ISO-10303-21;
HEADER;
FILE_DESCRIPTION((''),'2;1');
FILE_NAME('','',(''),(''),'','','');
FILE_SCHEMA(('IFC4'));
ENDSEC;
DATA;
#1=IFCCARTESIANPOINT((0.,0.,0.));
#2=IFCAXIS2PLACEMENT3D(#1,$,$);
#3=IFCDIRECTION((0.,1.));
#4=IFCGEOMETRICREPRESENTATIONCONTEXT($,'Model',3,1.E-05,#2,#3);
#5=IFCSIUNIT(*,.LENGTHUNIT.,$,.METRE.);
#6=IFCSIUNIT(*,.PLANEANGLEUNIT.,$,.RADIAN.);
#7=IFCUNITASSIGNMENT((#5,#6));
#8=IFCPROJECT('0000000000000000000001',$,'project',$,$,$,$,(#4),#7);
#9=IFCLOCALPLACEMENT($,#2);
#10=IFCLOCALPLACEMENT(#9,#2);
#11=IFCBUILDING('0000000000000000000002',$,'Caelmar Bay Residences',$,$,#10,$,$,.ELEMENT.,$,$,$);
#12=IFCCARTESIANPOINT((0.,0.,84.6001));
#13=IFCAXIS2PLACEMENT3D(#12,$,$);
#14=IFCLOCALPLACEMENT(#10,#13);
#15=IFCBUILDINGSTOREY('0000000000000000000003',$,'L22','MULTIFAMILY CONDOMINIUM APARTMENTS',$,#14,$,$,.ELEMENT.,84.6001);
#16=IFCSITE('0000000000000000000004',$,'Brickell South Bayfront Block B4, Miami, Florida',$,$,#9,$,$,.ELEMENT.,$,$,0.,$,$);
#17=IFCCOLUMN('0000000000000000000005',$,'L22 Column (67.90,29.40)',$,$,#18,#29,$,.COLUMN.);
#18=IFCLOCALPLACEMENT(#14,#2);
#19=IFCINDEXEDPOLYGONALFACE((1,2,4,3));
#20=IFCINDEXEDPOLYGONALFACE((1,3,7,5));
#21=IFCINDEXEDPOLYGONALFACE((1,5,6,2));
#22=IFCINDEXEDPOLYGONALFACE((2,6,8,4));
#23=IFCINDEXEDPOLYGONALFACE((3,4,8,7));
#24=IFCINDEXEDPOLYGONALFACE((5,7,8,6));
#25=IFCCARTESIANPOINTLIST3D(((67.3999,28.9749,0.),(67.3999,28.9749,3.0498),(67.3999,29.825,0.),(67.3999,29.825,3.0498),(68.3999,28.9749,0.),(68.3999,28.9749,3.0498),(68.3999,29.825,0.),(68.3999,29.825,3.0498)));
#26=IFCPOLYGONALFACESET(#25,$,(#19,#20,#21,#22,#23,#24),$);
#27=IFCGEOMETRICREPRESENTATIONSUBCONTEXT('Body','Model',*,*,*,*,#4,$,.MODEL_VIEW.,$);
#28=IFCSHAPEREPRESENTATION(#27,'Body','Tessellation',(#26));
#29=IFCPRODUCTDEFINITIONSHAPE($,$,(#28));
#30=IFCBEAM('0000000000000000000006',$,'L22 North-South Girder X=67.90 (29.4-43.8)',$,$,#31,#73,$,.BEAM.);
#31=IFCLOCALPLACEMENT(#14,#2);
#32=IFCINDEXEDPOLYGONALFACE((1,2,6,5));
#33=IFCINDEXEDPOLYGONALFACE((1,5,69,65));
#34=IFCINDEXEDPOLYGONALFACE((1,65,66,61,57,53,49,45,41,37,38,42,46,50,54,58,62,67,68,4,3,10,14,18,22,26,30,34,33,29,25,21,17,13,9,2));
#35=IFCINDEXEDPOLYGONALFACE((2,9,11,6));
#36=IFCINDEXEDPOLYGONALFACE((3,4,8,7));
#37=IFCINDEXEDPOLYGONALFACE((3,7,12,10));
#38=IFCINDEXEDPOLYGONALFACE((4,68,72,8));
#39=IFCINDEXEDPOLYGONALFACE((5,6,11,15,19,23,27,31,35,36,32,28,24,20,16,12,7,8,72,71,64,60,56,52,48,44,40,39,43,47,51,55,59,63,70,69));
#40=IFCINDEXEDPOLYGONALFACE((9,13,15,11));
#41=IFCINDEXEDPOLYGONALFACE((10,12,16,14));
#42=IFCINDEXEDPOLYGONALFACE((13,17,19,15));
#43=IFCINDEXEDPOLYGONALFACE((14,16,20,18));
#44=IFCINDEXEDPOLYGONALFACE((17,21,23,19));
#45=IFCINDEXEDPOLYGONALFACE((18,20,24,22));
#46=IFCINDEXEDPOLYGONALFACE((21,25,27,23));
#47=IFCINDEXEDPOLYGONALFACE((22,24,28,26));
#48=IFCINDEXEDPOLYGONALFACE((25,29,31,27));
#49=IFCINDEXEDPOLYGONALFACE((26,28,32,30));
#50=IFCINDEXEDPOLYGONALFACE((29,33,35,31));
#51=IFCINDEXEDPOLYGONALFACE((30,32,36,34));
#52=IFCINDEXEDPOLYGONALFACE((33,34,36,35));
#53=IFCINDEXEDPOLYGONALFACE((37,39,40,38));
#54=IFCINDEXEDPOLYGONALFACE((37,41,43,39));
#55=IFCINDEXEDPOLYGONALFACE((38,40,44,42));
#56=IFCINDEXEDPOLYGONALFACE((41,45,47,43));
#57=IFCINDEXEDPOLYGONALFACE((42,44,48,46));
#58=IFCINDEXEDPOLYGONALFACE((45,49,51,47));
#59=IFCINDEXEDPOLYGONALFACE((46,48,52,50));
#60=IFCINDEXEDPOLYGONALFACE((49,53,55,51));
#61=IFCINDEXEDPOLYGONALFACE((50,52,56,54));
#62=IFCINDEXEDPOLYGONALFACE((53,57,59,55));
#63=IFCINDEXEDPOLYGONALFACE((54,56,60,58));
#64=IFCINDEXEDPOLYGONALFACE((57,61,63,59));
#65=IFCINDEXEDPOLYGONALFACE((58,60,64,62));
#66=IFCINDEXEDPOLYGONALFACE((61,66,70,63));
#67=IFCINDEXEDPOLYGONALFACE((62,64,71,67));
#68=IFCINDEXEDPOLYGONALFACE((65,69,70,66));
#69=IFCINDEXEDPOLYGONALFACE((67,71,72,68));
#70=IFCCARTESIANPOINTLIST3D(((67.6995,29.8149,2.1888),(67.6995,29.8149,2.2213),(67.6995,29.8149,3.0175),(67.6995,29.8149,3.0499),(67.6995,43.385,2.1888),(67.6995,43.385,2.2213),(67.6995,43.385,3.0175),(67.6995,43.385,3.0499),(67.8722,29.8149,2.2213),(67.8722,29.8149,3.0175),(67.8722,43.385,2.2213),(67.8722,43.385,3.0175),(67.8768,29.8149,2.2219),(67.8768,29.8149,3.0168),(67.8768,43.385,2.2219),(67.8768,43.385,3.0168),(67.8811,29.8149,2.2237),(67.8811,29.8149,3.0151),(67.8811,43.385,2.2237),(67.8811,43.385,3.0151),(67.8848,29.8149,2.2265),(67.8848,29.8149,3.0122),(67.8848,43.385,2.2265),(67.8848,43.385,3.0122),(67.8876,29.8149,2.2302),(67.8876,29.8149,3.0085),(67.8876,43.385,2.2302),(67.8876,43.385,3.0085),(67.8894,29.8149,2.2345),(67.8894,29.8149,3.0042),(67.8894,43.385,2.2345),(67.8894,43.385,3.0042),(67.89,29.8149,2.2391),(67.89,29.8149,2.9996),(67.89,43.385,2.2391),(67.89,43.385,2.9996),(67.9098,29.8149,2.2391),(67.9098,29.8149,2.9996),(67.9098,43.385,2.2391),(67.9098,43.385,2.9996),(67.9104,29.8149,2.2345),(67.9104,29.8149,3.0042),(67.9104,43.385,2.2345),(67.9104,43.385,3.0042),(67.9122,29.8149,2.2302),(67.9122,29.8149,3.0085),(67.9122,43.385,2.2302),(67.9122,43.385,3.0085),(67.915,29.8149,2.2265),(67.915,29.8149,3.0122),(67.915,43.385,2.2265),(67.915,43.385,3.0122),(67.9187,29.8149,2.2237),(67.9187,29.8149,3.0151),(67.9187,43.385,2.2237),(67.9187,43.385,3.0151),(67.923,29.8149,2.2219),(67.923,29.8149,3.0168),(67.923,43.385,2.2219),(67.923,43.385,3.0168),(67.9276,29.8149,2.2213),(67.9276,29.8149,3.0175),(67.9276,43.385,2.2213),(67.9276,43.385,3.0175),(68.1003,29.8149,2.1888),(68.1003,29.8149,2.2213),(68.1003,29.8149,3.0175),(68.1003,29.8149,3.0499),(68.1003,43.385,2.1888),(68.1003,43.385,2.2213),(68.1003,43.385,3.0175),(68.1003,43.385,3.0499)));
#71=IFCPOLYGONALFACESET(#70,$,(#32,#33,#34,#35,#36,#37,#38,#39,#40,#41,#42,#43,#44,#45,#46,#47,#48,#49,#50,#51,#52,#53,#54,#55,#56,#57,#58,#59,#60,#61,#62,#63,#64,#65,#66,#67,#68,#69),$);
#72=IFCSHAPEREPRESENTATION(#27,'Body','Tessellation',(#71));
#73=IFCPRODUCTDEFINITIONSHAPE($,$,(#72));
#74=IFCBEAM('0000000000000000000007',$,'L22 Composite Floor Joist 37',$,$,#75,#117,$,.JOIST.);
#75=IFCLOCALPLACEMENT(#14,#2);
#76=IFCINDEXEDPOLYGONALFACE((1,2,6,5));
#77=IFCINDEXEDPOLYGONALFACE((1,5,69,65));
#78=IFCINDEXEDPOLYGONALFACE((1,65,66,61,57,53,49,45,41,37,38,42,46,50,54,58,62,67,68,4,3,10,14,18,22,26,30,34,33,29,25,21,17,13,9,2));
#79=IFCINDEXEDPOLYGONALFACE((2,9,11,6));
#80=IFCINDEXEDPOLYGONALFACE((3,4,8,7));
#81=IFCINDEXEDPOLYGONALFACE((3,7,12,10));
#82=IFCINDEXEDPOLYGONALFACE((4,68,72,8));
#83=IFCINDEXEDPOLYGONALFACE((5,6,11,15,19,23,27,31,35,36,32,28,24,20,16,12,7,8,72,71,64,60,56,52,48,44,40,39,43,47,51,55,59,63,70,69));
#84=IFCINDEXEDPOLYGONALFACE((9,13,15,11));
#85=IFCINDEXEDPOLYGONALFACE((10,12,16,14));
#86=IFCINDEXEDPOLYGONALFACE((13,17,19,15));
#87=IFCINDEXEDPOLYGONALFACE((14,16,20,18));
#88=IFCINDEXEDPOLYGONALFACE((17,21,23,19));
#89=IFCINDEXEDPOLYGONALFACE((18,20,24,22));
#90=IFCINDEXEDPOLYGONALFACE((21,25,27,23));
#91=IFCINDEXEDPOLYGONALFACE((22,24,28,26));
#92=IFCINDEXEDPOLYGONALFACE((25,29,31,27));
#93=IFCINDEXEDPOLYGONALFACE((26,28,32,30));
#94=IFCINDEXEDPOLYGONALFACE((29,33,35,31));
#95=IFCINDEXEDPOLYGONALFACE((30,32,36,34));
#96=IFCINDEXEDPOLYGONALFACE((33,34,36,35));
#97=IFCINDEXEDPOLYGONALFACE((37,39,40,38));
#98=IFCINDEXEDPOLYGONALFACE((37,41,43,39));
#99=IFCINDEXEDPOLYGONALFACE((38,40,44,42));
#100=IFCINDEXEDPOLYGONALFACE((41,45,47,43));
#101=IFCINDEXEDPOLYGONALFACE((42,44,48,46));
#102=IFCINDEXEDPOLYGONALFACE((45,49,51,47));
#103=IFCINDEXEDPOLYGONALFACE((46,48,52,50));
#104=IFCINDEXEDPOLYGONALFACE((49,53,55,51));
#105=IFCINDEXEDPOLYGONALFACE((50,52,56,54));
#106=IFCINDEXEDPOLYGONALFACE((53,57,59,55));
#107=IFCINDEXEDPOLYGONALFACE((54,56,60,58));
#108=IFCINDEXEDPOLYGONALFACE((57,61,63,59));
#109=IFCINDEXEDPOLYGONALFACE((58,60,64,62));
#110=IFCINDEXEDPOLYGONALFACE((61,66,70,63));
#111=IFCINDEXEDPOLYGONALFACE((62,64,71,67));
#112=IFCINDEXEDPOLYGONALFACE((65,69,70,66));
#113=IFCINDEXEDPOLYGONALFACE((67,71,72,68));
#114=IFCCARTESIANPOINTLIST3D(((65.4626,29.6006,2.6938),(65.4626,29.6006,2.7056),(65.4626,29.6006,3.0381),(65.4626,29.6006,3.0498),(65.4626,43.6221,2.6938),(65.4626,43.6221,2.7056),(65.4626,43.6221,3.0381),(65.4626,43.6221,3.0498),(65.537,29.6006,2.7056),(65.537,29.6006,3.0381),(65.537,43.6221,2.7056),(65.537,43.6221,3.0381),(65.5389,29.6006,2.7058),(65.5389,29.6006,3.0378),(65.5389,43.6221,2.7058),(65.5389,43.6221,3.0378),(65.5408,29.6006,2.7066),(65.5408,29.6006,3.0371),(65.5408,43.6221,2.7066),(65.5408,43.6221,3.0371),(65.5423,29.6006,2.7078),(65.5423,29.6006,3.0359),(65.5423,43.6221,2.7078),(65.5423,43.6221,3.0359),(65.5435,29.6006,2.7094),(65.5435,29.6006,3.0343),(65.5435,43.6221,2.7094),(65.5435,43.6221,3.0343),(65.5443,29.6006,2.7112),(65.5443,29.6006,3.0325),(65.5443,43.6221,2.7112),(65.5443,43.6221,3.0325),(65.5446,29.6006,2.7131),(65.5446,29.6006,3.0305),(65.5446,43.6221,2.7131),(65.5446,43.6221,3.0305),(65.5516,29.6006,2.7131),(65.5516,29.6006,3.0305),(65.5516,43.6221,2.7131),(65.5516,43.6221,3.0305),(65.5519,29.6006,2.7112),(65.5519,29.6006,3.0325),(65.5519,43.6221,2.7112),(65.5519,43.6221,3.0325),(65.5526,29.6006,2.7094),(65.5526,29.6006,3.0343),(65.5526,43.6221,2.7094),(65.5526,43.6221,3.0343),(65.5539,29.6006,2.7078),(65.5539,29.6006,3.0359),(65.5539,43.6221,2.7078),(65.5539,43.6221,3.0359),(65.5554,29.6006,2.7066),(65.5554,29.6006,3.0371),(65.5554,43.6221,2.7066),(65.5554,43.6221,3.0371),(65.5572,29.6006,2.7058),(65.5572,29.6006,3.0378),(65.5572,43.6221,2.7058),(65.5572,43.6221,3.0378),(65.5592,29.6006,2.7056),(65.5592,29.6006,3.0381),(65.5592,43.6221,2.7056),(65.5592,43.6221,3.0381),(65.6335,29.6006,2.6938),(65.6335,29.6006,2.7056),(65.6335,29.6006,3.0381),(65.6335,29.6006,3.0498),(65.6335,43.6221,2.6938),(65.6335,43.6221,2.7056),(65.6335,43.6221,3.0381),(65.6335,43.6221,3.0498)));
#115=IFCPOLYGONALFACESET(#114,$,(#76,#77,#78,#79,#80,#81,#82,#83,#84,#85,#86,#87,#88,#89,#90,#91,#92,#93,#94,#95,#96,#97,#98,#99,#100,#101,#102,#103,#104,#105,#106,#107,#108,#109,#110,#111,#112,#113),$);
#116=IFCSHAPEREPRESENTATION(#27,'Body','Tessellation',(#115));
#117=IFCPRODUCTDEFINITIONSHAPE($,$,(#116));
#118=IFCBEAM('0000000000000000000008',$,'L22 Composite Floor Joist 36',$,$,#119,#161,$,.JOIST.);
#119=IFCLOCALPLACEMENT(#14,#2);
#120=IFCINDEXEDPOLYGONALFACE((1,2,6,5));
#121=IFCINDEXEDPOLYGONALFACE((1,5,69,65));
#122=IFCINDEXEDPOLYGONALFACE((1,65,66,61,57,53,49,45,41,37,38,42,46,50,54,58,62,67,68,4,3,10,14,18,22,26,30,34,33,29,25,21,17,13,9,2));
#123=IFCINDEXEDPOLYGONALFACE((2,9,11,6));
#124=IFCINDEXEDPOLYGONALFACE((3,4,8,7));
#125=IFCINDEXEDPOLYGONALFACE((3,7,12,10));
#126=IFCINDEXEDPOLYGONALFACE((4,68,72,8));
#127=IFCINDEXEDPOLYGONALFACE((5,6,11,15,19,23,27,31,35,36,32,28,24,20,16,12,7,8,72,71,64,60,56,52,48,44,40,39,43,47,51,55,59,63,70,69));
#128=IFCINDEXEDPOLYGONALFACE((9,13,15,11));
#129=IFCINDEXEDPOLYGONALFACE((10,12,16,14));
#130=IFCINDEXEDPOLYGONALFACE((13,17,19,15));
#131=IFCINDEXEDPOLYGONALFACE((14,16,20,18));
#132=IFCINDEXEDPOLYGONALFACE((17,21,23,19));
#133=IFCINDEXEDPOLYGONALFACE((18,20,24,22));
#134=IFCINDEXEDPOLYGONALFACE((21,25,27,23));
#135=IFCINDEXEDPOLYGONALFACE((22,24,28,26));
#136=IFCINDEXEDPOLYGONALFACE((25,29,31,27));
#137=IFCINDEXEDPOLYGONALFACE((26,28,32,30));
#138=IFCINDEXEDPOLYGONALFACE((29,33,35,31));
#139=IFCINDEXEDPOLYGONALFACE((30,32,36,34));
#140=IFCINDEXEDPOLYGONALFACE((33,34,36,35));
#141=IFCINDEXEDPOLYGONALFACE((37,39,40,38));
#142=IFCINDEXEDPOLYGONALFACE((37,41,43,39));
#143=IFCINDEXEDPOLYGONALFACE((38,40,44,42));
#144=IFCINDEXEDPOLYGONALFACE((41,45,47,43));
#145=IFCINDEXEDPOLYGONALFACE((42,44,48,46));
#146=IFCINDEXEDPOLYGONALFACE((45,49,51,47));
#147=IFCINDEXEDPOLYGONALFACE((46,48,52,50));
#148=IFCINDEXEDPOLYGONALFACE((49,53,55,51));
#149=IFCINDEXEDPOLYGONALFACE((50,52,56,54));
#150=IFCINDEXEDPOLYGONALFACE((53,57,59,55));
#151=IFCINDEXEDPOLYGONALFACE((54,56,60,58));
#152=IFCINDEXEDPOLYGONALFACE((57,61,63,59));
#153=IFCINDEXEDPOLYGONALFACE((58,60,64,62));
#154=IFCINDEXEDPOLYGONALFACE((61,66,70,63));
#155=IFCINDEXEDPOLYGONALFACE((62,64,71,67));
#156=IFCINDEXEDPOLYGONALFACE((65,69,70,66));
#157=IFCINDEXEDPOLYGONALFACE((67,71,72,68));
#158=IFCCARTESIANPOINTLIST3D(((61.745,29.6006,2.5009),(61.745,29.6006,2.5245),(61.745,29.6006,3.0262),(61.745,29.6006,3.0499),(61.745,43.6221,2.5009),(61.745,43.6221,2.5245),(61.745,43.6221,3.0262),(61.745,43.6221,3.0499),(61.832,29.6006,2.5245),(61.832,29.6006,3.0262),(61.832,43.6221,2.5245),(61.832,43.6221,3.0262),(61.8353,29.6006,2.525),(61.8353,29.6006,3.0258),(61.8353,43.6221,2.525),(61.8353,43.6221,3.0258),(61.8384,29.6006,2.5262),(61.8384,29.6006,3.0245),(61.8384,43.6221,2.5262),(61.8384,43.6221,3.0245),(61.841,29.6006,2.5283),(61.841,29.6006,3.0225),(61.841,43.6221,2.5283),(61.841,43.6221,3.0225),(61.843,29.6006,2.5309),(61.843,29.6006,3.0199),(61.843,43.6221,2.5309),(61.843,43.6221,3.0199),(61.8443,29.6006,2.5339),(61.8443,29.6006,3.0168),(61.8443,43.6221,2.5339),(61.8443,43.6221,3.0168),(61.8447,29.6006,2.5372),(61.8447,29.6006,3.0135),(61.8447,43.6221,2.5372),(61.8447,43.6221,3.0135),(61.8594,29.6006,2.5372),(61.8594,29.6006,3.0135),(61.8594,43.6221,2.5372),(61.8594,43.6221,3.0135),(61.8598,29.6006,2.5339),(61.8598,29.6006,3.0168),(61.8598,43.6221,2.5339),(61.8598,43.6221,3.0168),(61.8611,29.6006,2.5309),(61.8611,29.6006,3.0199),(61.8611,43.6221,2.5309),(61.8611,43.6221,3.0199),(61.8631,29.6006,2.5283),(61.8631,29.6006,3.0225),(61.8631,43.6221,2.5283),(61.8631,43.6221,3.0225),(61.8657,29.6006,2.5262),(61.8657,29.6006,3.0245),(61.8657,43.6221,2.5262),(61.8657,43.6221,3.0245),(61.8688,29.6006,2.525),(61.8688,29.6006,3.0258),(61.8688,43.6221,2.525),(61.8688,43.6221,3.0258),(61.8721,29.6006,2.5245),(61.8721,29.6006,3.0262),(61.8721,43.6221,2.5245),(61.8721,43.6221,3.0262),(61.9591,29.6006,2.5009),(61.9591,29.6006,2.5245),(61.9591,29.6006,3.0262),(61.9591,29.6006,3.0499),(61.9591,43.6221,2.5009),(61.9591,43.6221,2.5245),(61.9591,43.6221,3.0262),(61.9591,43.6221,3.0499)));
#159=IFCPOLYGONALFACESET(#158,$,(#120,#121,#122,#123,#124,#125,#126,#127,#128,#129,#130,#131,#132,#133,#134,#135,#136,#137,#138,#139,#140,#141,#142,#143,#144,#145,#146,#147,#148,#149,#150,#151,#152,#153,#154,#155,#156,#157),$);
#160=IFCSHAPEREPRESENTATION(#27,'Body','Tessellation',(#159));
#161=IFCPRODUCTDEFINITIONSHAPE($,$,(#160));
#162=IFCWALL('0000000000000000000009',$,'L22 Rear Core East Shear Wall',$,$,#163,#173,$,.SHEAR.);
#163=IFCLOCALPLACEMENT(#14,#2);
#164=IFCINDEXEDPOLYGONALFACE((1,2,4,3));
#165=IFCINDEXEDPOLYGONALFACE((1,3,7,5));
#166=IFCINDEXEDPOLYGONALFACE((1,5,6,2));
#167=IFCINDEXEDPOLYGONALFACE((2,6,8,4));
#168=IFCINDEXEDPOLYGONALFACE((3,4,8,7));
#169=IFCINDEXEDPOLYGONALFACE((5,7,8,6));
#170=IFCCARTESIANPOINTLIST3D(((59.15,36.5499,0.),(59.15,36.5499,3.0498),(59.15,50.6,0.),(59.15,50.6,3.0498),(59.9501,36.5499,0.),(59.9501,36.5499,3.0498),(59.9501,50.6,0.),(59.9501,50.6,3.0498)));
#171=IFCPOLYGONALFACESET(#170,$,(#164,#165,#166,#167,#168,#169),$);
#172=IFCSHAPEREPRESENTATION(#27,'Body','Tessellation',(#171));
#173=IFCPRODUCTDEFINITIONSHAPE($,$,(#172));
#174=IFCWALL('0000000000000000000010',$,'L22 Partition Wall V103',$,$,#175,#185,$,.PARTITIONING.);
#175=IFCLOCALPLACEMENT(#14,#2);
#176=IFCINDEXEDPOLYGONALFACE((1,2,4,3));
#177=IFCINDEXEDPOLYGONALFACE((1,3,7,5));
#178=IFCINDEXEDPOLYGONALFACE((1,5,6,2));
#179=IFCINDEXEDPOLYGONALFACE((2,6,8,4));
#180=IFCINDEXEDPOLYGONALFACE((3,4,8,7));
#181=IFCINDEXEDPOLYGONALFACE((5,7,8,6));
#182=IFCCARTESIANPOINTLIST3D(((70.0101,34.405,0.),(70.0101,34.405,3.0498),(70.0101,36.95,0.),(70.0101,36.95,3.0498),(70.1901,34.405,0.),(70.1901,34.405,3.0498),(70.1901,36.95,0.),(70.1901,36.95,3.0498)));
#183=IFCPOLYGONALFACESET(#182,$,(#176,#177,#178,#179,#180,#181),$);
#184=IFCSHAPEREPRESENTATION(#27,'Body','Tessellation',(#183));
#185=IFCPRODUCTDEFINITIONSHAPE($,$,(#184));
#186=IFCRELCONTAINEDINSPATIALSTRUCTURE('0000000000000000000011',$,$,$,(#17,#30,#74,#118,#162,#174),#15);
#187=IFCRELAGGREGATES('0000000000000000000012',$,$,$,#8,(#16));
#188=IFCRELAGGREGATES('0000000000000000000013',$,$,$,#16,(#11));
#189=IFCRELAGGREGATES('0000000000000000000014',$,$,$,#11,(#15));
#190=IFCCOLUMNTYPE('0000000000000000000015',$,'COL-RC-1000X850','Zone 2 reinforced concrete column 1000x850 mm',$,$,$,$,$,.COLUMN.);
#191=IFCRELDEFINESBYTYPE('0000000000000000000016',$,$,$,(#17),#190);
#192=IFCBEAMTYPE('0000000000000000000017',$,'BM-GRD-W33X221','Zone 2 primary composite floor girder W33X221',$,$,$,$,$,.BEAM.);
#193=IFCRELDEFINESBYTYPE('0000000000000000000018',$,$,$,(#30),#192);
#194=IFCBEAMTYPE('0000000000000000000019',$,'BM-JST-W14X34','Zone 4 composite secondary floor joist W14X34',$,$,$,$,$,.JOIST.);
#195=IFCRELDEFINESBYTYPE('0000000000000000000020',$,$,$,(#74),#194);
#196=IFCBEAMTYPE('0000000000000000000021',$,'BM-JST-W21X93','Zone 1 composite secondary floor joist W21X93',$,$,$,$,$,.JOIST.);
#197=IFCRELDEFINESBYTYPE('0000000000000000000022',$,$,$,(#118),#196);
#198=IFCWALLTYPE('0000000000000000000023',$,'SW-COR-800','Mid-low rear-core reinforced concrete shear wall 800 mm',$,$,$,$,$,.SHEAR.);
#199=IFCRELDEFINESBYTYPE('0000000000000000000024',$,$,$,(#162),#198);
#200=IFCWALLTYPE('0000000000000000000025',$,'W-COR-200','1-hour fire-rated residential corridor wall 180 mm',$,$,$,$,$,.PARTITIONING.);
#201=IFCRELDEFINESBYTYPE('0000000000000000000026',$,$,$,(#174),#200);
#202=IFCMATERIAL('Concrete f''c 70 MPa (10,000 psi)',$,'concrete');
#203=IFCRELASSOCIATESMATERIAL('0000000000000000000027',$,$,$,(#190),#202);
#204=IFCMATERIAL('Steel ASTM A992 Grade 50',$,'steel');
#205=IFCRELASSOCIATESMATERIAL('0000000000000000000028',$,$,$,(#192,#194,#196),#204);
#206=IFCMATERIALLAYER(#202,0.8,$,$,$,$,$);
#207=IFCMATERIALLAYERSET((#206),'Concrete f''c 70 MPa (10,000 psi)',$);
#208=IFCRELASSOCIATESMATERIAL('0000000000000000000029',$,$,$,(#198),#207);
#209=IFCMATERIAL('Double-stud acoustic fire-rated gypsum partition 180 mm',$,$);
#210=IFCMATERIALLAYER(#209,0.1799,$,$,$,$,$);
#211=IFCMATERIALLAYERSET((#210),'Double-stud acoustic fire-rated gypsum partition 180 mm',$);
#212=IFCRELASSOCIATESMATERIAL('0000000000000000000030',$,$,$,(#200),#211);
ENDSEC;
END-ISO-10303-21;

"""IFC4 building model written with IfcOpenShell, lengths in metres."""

from ifc_helpers import new_model, si_unit, direction, frame, frame_2d, origin, origin_2d, place, context, subcontext, project, spatial, rectangle, i_section, extrude, material, layer, layer_set, material_profile, profile_set, type_object, element, save


model = new_model("IFC4")

# Units and contexts
model_context = context("Model", 3, precision=1e-05, world=origin(), true_north=direction((0.0, 1.0)))
body_context = subcontext(model_context, "Body", "Model", "MODEL_VIEW")
ifc_project = project(units=[si_unit("LENGTHUNIT", "METRE"), si_unit("PLANEANGLEUNIT", "RADIAN")], contexts=[model_context])

# Site, building, storey
site_placement = place(None, origin())
site = spatial("IfcSite", under=ifc_project, at=site_placement, Name="Brickell South Bayfront Block B4, Miami, Florida", CompositionType="ELEMENT", RefElevation=0.0)
building_placement = place(site_placement, origin())
building = spatial("IfcBuilding", under=site, at=building_placement, Name="Caelmar Bay Residences", CompositionType="ELEMENT")
storey_placement = place(building_placement, frame((0.0, 0.0, 84.6001)))
storey = spatial("IfcBuildingStorey", under=building, at=storey_placement, Name="L22", Description="MULTIFAMILY CONDOMINIUM APARTMENTS", CompositionType="ELEMENT", Elevation=84.6001)

# Column
ifc_material_1 = material(Name="Concrete f'c 70 MPa (10,000 psi)", Category="concrete")
ifc_material_profile_1 = material_profile(ifc_material_1, rectangle(XDim=1.0, YDim=0.8501, at=origin_2d()), Name="RC-COL-1000X850")
ifc_profile_set_1 = profile_set([ifc_material_profile_1], Name="Concrete f'c 70 MPa (10,000 psi)")
column_type = type_object("IfcColumnType", Name="COL-RC-1000X850", Description="Zone 2 reinforced concrete column 1000x850 mm", PredefinedType="COLUMN", material=ifc_profile_set_1)
column_placement = place(storey_placement, frame((67.8999, 29.3999, 0.0), z_axis=(0.0, 0.0, 1.0), x_axis=(1.0, 0.0, 0.0)))
element("IfcColumn", 1, at=column_placement, inside=storey, type_object=column_type, Name="L22 Column (67.90,29.40)", PredefinedType="COLUMN", context=body_context, shape_type="SweptSolid", body=[
    extrude(rectangle(XDim=1.0, YDim=0.8501, at=origin_2d()), origin(), (0.0, 0.0, 1.0), 3.0498),
])

# Beams
ifc_material_2 = material(Name="Steel ASTM A992 Grade 50", Category="steel")
ifc_material_profile_2 = material_profile(ifc_material_2, i_section(OverallWidth=0.4009, OverallDepth=0.8611, WebThickness=0.0198, FlangeThickness=0.0325, FilletRadius=0.0178, at=origin_2d()), Name="W33X221")
ifc_profile_set_2 = profile_set([ifc_material_profile_2], Name="Steel ASTM A992 Grade 50")
beam_type_1 = type_object("IfcBeamType", Name="BM-GRD-W33X221", Description="Zone 2 primary composite floor girder W33X221", PredefinedType="BEAM", material=ifc_profile_set_2)
beam_1_placement = place(storey_placement, frame((67.8999, 29.8149, 2.6194), z_axis=(0.0, 1.0, 0.0), x_axis=(-1.0, 0.0, 0.0)))
element("IfcBeam", 2, at=beam_1_placement, inside=storey, type_object=beam_type_1, Name="L22 North-South Girder X=67.90 (29.4-43.8)", PredefinedType="BEAM", context=body_context, shape_type="SweptSolid", body=[
    extrude(i_section(OverallWidth=0.4009, OverallDepth=0.8611, WebThickness=0.0198, FlangeThickness=0.0325, FilletRadius=0.0178, at=origin_2d()), origin(), (0.0, 0.0, 1.0), 13.5701),
])
ifc_material_profile_3 = material_profile(ifc_material_2, i_section(OverallWidth=0.1709, OverallDepth=0.356, WebThickness=0.0071, FlangeThickness=0.0117, FilletRadius=0.0076, at=origin_2d()), Name="W14X34")
ifc_profile_set_3 = profile_set([ifc_material_profile_3], Name="Steel ASTM A992 Grade 50")
beam_type_2 = type_object("IfcBeamType", Name="BM-JST-W14X34", Description="Zone 4 composite secondary floor joist W14X34", PredefinedType="JOIST", material=ifc_profile_set_3)
beam_2_placement = place(storey_placement, frame((65.5481, 29.6006, 2.8718), z_axis=(0.0, 1.0, 0.0), x_axis=(-1.0, 0.0, 0.0)))
element("IfcBeam", 3, at=beam_2_placement, inside=storey, type_object=beam_type_2, Name="L22 Composite Floor Joist 37", PredefinedType="JOIST", context=body_context, shape_type="SweptSolid", body=[
    extrude(i_section(OverallWidth=0.1709, OverallDepth=0.356, WebThickness=0.0071, FlangeThickness=0.0117, FilletRadius=0.0076, at=origin_2d()), origin(), (0.0, 0.0, 1.0), 14.0215),
])
ifc_material_profile_4 = material_profile(ifc_material_2, i_section(OverallWidth=0.2141, OverallDepth=0.5491, WebThickness=0.0146, FlangeThickness=0.0237, FilletRadius=0.0127, at=origin_2d()), Name="W21X93")
ifc_profile_set_4 = profile_set([ifc_material_profile_4], Name="Steel ASTM A992 Grade 50")
beam_type_3 = type_object("IfcBeamType", Name="BM-JST-W21X93", Description="Zone 1 composite secondary floor joist W21X93", PredefinedType="JOIST", material=ifc_profile_set_4)
beam_3_placement = place(storey_placement, frame((61.8521, 29.6006, 2.7754), z_axis=(0.0, 1.0, 0.0), x_axis=(-1.0, 0.0, 0.0)))
element("IfcBeam", 4, at=beam_3_placement, inside=storey, type_object=beam_type_3, Name="L22 Composite Floor Joist 36", PredefinedType="JOIST", context=body_context, shape_type="SweptSolid", body=[
    extrude(i_section(OverallWidth=0.2141, OverallDepth=0.5491, WebThickness=0.0146, FlangeThickness=0.0237, FilletRadius=0.0127, at=origin_2d()), origin(), (0.0, 0.0, 1.0), 14.0215),
])

# Walls
ifc_layer_1 = layer(ifc_material_1, 0.8)
ifc_layer_set_1 = layer_set([ifc_layer_1], Name="Concrete f'c 70 MPa (10,000 psi)")
wall_type_1 = type_object("IfcWallType", Name="SW-COR-800", Description="Mid-low rear-core reinforced concrete shear wall 800 mm", PredefinedType="SHEAR", material=ifc_layer_set_1)
wall_1_placement = place(storey_placement, frame((59.55, 36.55, 0.0), z_axis=(0.0, 0.0, 1.0), x_axis=(0.0, 1.0, 0.0)))
element("IfcWall", 5, at=wall_1_placement, inside=storey, type_object=wall_type_1, Name="L22 Rear Core East Shear Wall", PredefinedType="SHEAR", context=body_context, shape_type="SweptSolid", body=[
    extrude(rectangle(XDim=14.05, YDim=0.8, at=frame_2d((7.0249, 0.0))), origin(), (0.0, 0.0, 1.0), 3.0498),
])
ifc_material_3 = material(Name="Double-stud acoustic fire-rated gypsum partition 180 mm")
ifc_layer_2 = layer(ifc_material_3, 0.1799)
ifc_layer_set_2 = layer_set([ifc_layer_2], Name="Double-stud acoustic fire-rated gypsum partition 180 mm")
wall_type_2 = type_object("IfcWallType", Name="W-COR-200", Description="1-hour fire-rated residential corridor wall 180 mm", PredefinedType="PARTITIONING", material=ifc_layer_set_2)
wall_2_placement = place(storey_placement, frame((70.1001, 34.405, 0.0), z_axis=(0.0, 0.0, 1.0), x_axis=(0.0, 1.0, 0.0)))
element("IfcWall", 6, at=wall_2_placement, inside=storey, type_object=wall_type_2, Name="L22 Partition Wall V103", PredefinedType="PARTITIONING", context=body_context, shape_type="SweptSolid", body=[
    extrude(rectangle(XDim=2.5449, YDim=0.1799, at=frame_2d((1.2725, 0.0))), origin(), (0.0, 0.0, 1.0), 3.0498),
])

save(model, "model.ifc")
